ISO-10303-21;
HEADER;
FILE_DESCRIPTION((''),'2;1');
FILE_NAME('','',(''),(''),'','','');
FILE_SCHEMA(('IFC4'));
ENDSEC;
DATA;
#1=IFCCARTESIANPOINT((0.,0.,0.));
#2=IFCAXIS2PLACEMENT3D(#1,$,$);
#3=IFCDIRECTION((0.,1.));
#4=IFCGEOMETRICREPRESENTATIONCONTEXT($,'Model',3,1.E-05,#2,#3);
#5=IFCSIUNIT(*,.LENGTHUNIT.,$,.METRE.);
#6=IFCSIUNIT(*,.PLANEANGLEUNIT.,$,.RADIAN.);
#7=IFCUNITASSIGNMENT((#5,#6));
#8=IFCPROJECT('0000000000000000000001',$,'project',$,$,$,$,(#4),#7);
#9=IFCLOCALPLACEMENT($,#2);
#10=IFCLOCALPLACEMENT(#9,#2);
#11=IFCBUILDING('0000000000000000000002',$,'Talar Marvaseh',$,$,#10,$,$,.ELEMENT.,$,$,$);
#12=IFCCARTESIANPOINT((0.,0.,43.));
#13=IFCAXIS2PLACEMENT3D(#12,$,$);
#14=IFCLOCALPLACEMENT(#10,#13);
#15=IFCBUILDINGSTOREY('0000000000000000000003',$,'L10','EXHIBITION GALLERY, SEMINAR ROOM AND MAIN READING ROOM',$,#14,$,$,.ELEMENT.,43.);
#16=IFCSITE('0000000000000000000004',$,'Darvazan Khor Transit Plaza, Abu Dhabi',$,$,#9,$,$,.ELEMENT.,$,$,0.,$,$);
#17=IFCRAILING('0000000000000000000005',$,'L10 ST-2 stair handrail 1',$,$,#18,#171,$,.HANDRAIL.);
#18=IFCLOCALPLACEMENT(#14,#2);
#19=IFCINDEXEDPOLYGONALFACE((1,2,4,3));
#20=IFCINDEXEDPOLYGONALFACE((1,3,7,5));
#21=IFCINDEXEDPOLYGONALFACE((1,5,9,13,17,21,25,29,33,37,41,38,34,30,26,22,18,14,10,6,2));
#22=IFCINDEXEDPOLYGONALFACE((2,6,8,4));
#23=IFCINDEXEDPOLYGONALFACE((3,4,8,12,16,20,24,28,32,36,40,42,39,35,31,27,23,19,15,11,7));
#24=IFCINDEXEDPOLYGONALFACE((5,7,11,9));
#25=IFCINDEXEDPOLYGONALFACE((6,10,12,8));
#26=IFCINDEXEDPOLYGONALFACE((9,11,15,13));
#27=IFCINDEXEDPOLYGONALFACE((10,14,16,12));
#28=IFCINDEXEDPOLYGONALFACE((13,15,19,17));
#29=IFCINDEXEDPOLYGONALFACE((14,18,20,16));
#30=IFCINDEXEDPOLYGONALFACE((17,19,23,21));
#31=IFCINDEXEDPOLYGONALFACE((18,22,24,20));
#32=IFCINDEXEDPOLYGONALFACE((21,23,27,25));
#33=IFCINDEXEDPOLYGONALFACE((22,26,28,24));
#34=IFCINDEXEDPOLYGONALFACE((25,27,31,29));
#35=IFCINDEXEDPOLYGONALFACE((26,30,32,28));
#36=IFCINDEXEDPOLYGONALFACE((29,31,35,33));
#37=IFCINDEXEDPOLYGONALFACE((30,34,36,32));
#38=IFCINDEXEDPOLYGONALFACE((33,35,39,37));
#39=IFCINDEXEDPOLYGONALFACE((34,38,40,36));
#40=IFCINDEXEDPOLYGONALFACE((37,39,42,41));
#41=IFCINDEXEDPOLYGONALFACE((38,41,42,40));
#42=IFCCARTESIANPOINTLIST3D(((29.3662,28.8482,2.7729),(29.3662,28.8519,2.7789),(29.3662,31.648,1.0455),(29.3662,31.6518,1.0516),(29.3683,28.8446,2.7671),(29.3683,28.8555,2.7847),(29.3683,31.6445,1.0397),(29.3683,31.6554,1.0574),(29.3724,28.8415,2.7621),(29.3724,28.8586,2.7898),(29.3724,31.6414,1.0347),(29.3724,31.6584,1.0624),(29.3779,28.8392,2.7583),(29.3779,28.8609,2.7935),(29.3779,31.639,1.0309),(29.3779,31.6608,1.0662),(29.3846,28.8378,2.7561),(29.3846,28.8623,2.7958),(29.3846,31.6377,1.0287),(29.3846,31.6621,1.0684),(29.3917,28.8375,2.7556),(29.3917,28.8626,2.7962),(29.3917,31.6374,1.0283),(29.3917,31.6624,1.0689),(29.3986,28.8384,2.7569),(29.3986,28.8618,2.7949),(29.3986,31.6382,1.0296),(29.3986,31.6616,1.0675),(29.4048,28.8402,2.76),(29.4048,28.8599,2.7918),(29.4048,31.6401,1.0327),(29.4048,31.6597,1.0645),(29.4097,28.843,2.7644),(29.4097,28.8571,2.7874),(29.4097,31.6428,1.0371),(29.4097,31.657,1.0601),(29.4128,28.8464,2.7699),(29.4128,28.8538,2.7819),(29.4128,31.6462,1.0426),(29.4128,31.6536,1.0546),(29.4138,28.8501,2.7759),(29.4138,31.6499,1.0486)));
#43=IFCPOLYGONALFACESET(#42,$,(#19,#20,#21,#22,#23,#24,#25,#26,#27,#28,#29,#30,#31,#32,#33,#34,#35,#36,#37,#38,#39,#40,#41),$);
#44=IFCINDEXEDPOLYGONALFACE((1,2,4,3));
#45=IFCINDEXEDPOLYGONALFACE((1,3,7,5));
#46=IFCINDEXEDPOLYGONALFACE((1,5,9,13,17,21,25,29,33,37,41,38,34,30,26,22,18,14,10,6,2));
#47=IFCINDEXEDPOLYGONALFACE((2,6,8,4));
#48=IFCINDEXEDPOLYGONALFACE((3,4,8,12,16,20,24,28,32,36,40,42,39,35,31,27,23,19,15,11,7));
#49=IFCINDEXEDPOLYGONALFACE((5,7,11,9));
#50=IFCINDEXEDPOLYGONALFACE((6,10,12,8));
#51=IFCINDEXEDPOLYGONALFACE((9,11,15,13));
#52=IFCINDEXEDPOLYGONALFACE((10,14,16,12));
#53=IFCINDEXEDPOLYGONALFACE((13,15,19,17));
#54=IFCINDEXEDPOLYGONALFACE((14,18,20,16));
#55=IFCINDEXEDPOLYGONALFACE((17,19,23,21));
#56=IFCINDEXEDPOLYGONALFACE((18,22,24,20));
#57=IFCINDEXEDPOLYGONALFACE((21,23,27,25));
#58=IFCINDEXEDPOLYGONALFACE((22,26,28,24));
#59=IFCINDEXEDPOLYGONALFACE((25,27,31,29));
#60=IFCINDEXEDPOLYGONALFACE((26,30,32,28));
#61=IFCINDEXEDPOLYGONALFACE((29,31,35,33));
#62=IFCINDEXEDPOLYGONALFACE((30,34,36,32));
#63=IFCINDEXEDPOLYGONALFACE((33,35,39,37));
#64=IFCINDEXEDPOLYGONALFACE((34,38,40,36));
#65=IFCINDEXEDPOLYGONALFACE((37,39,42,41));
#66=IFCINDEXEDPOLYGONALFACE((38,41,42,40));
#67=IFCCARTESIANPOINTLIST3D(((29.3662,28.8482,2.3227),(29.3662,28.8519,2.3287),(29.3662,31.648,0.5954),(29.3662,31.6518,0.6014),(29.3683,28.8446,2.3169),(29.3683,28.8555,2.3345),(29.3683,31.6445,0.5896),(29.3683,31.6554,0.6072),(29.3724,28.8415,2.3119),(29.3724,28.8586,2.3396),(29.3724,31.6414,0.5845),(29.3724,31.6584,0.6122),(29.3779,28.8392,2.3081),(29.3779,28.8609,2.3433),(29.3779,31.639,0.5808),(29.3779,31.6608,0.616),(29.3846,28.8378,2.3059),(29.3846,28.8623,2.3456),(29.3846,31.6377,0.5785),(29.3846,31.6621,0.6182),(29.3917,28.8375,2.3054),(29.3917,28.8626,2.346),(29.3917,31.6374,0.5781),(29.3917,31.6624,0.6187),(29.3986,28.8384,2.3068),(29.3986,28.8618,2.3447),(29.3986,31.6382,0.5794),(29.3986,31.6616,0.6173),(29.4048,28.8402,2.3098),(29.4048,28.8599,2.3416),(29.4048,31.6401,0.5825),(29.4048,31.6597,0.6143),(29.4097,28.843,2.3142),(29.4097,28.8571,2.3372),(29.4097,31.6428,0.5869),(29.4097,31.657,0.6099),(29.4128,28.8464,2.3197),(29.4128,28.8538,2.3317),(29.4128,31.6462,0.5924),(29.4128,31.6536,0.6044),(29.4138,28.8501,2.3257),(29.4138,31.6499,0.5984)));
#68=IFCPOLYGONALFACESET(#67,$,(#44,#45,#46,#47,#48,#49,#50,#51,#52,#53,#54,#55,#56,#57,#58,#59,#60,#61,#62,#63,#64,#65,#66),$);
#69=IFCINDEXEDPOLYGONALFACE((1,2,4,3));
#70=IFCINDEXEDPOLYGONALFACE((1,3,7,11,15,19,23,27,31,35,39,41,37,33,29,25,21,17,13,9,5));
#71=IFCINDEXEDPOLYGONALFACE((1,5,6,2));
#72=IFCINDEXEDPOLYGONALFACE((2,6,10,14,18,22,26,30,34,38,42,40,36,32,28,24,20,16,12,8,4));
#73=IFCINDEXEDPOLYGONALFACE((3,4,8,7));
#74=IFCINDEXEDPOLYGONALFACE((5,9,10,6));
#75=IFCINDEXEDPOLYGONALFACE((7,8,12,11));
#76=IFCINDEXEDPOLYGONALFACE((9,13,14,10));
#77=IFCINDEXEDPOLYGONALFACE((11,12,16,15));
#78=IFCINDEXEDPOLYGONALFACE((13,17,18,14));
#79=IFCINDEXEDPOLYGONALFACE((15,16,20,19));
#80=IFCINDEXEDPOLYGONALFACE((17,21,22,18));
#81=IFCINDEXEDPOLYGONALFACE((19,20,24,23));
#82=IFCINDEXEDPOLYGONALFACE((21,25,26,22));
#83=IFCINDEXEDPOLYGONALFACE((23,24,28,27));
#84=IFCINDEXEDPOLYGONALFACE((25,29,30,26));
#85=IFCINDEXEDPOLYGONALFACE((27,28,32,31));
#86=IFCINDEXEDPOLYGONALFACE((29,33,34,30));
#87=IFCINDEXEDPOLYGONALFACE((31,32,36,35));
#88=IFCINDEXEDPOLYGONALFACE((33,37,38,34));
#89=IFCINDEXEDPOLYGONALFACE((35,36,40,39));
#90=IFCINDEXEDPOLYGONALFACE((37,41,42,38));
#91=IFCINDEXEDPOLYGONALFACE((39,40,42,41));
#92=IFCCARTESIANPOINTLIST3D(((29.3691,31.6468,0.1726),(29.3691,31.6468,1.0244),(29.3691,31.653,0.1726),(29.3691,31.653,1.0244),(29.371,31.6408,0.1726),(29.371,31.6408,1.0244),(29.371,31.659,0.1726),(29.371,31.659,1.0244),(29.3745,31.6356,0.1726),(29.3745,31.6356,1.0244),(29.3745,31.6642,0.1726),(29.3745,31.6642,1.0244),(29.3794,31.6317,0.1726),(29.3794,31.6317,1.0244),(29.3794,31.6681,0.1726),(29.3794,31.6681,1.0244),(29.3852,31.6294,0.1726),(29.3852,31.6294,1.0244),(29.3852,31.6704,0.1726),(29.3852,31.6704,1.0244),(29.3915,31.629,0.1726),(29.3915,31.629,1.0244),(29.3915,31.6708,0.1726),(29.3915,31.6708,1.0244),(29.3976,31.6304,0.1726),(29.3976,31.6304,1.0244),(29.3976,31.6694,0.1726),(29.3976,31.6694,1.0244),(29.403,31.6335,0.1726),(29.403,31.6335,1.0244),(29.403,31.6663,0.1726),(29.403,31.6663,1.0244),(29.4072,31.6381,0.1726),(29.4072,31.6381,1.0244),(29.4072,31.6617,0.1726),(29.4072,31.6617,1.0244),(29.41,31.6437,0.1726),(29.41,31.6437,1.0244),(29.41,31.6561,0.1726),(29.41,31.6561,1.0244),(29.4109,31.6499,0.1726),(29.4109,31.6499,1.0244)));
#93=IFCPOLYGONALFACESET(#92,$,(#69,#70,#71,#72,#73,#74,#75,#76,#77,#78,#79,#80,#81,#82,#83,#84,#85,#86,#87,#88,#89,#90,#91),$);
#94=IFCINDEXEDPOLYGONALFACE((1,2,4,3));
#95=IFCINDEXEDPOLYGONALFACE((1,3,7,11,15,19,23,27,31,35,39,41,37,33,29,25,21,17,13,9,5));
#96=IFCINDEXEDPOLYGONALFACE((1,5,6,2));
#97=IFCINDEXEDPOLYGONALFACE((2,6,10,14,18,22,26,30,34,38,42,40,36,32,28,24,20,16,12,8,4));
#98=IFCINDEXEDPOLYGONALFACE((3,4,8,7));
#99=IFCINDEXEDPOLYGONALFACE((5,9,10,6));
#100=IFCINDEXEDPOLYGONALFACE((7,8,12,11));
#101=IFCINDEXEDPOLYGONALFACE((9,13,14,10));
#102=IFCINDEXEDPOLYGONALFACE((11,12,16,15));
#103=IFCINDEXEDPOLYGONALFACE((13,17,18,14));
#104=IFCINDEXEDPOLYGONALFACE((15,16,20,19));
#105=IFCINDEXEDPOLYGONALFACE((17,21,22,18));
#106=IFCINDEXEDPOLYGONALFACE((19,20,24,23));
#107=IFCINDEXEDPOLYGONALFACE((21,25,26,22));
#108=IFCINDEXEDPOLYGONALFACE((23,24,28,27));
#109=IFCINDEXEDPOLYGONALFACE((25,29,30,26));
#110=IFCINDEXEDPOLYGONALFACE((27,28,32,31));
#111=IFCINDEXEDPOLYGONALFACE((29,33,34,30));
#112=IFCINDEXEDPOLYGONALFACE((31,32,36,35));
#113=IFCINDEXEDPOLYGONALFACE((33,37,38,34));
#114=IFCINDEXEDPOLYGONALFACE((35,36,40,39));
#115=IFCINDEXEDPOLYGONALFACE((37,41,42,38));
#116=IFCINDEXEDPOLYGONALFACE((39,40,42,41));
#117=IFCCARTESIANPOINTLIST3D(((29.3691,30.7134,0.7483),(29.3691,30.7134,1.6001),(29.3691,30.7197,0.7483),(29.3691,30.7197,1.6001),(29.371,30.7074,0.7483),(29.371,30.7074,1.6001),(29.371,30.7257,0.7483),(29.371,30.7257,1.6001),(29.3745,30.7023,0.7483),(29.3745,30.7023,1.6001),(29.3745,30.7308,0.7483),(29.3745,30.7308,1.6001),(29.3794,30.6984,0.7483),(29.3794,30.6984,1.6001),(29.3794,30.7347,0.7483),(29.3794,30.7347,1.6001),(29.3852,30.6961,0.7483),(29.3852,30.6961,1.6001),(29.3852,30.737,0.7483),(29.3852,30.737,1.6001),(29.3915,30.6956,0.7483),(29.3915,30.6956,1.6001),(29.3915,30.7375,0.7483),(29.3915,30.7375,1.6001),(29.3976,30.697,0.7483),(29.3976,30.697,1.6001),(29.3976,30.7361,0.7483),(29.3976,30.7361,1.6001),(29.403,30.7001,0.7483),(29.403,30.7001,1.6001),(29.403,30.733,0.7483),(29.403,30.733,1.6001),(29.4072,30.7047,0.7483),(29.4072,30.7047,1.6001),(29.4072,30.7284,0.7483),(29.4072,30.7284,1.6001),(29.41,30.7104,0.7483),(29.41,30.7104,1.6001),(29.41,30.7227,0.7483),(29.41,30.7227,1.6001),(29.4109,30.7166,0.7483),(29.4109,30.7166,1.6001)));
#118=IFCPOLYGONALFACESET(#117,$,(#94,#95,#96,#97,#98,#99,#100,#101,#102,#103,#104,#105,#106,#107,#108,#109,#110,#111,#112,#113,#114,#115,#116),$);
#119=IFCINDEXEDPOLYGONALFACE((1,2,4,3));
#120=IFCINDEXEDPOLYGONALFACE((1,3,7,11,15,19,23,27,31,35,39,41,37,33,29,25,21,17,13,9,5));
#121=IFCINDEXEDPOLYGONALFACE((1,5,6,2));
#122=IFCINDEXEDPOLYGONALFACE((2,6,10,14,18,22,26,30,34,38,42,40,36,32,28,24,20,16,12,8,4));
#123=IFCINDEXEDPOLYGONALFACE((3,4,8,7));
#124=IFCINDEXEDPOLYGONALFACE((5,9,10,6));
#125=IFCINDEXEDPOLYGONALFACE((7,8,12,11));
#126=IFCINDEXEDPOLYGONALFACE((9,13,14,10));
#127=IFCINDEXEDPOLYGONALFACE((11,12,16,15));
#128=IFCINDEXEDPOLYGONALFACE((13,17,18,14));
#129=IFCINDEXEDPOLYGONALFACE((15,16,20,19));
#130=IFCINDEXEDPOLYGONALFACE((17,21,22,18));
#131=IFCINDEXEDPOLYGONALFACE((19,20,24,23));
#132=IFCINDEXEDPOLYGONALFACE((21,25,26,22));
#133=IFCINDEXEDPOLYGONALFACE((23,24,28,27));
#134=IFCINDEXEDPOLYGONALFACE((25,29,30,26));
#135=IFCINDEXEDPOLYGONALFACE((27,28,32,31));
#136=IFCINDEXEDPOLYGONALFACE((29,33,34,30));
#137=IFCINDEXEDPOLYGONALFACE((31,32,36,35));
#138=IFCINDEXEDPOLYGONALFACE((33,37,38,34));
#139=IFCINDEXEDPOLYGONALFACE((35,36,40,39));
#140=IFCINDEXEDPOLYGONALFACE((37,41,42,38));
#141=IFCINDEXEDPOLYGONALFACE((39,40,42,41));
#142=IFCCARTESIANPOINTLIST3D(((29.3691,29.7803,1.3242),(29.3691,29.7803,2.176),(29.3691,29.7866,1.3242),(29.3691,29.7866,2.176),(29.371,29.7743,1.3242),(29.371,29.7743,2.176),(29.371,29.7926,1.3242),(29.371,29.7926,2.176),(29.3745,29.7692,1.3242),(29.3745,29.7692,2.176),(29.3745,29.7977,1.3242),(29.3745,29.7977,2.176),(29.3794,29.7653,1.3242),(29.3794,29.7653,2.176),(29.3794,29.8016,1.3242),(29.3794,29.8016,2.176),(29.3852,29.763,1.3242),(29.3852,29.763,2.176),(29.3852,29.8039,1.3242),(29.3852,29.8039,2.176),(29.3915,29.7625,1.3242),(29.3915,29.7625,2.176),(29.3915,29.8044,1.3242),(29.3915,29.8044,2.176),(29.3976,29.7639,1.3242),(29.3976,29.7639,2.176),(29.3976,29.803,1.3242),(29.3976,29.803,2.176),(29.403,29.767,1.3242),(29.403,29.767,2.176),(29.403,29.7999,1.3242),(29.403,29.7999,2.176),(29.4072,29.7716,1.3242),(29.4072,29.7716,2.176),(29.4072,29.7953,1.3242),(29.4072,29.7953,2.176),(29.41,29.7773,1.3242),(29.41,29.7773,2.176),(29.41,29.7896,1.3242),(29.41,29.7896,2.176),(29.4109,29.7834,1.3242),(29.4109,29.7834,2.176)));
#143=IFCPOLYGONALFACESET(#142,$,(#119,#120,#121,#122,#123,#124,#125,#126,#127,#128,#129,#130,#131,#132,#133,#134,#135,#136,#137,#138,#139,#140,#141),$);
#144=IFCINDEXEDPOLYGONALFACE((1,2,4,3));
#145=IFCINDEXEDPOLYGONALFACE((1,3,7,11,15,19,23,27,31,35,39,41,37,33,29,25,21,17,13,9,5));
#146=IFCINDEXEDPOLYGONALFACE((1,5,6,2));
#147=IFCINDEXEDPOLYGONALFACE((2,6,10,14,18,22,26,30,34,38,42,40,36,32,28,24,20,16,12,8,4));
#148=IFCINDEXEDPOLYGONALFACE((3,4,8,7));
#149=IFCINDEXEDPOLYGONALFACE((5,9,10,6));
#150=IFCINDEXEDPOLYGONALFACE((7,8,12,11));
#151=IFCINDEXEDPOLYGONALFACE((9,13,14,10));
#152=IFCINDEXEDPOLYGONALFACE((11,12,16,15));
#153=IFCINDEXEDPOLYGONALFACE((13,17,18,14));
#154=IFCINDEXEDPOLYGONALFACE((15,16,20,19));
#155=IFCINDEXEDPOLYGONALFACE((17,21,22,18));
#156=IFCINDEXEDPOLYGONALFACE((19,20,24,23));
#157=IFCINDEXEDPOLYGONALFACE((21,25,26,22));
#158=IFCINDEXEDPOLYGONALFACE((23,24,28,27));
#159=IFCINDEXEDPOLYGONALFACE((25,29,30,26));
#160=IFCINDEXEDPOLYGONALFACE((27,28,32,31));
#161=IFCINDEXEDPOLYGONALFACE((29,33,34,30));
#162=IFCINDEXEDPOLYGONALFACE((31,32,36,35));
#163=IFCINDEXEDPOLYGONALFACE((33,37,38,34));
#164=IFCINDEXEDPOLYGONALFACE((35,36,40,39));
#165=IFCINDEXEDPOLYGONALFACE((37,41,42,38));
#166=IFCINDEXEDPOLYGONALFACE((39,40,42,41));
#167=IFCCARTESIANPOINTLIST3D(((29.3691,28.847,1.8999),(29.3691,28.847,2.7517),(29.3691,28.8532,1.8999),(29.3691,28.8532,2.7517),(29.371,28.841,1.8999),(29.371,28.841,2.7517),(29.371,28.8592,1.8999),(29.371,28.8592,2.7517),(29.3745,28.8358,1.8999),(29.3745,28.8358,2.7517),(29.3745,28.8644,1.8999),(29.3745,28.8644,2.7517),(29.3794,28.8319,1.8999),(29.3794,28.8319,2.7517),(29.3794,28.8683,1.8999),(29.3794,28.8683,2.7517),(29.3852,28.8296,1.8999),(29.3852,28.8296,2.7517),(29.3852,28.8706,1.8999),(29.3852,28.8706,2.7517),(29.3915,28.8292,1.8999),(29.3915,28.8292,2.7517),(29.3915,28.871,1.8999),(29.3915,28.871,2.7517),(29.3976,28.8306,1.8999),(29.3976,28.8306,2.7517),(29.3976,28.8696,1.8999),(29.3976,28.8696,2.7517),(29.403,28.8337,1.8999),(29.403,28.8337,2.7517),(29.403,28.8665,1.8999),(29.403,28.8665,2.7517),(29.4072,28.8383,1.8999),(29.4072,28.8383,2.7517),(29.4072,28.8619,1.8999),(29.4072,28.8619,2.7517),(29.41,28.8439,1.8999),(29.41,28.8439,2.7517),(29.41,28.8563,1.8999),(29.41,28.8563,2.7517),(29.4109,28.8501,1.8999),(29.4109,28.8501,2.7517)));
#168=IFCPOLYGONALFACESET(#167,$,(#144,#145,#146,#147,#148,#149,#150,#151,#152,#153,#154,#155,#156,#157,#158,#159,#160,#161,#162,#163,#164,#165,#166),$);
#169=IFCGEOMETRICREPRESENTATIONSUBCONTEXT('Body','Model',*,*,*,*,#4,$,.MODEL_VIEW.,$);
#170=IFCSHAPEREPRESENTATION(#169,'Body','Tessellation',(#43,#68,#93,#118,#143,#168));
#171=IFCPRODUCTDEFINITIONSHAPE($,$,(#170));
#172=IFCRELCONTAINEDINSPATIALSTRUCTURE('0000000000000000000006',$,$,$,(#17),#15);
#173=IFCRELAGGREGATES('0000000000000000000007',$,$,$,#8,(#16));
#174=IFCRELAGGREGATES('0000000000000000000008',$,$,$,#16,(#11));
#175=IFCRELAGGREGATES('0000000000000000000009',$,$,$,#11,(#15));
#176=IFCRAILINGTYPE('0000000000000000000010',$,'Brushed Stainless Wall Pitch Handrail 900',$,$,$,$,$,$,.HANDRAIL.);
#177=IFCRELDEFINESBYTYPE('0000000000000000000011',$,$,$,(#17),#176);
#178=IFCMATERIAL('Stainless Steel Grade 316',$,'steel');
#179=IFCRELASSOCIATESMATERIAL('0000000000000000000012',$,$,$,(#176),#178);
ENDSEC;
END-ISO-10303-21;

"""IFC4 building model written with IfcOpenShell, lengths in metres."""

from ifc_helpers import new_model, si_unit, direction, frame, origin, origin_2d, place, context, subcontext, project, spatial, circle, extrude, material, type_object, element, save


model = new_model("IFC4")

# Units and contexts
model_context = context("Model", 3, precision=1e-05, world=origin(), true_north=direction((0.0, 1.0)))
body_context = subcontext(model_context, "Body", "Model", "MODEL_VIEW")
ifc_project = project(units=[si_unit("LENGTHUNIT", "METRE"), si_unit("PLANEANGLEUNIT", "RADIAN")], contexts=[model_context])

# Site, building, storey
site_placement = place(None, origin())
site = spatial("IfcSite", under=ifc_project, at=site_placement, Name="Darvazan Khor Transit Plaza, Abu Dhabi", CompositionType="ELEMENT", RefElevation=0.0)
building_placement = place(site_placement, origin())
building = spatial("IfcBuilding", under=site, at=building_placement, Name="Talar Marvaseh", CompositionType="ELEMENT")
storey_placement = place(building_placement, frame((0.0, 0.0, 43.0)))
storey = spatial("IfcBuildingStorey", under=building, at=storey_placement, Name="L10", Description="EXHIBITION GALLERY, SEMINAR ROOM AND MAIN READING ROOM", CompositionType="ELEMENT", Elevation=43.0)

# Railing
ifc_material_1 = material(Name="Stainless Steel Grade 316", Category="steel")
railing_type_1 = type_object("IfcRailingType", Name="Brushed Stainless Wall Pitch Handrail 900", PredefinedType="HANDRAIL", material=ifc_material_1)
railing_1_placement = place(storey_placement, frame((29.3899, 31.6499, 0.1726)))
element("IfcRailing", 1, at=railing_1_placement, inside=storey, type_object=railing_type_1, Name="L10 ST-2 stair handrail 1", PredefinedType="HANDRAIL", context=body_context, shape_type="SweptSolid", body=[
    extrude(circle(Radius=0.0239, at=origin_2d()), frame((0.0, 0.0, 0.876), z_axis=(0.0, -0.851069, 0.525054), x_axis=(1.0, 0.0, 0.0)), (0.0, 0.0, 1.0), 3.2898),
    extrude(circle(Radius=0.0239, at=origin_2d()), frame((0.0, 0.0, 0.4258), z_axis=(0.0, -0.851069, 0.525054), x_axis=(1.0, 0.0, 0.0)), (0.0, 0.0, 1.0), 3.2898),
    extrude(circle(Radius=0.021, at=origin_2d()), origin(), (0.0, 0.0, 1.0), 0.8518),
    extrude(circle(Radius=0.021, at=origin_2d()), frame((0.0, -0.9333, 0.5757)), (0.0, 0.0, 1.0), 0.8518),
    extrude(circle(Radius=0.021, at=origin_2d()), frame((0.0, -1.8665, 1.1516)), (0.0, 0.0, 1.0), 0.8518),
    extrude(circle(Radius=0.021, at=origin_2d()), frame((0.0, -2.7998, 1.7273)), (0.0, 0.0, 1.0), 0.8518),
])

save(model, "model.ifc")
